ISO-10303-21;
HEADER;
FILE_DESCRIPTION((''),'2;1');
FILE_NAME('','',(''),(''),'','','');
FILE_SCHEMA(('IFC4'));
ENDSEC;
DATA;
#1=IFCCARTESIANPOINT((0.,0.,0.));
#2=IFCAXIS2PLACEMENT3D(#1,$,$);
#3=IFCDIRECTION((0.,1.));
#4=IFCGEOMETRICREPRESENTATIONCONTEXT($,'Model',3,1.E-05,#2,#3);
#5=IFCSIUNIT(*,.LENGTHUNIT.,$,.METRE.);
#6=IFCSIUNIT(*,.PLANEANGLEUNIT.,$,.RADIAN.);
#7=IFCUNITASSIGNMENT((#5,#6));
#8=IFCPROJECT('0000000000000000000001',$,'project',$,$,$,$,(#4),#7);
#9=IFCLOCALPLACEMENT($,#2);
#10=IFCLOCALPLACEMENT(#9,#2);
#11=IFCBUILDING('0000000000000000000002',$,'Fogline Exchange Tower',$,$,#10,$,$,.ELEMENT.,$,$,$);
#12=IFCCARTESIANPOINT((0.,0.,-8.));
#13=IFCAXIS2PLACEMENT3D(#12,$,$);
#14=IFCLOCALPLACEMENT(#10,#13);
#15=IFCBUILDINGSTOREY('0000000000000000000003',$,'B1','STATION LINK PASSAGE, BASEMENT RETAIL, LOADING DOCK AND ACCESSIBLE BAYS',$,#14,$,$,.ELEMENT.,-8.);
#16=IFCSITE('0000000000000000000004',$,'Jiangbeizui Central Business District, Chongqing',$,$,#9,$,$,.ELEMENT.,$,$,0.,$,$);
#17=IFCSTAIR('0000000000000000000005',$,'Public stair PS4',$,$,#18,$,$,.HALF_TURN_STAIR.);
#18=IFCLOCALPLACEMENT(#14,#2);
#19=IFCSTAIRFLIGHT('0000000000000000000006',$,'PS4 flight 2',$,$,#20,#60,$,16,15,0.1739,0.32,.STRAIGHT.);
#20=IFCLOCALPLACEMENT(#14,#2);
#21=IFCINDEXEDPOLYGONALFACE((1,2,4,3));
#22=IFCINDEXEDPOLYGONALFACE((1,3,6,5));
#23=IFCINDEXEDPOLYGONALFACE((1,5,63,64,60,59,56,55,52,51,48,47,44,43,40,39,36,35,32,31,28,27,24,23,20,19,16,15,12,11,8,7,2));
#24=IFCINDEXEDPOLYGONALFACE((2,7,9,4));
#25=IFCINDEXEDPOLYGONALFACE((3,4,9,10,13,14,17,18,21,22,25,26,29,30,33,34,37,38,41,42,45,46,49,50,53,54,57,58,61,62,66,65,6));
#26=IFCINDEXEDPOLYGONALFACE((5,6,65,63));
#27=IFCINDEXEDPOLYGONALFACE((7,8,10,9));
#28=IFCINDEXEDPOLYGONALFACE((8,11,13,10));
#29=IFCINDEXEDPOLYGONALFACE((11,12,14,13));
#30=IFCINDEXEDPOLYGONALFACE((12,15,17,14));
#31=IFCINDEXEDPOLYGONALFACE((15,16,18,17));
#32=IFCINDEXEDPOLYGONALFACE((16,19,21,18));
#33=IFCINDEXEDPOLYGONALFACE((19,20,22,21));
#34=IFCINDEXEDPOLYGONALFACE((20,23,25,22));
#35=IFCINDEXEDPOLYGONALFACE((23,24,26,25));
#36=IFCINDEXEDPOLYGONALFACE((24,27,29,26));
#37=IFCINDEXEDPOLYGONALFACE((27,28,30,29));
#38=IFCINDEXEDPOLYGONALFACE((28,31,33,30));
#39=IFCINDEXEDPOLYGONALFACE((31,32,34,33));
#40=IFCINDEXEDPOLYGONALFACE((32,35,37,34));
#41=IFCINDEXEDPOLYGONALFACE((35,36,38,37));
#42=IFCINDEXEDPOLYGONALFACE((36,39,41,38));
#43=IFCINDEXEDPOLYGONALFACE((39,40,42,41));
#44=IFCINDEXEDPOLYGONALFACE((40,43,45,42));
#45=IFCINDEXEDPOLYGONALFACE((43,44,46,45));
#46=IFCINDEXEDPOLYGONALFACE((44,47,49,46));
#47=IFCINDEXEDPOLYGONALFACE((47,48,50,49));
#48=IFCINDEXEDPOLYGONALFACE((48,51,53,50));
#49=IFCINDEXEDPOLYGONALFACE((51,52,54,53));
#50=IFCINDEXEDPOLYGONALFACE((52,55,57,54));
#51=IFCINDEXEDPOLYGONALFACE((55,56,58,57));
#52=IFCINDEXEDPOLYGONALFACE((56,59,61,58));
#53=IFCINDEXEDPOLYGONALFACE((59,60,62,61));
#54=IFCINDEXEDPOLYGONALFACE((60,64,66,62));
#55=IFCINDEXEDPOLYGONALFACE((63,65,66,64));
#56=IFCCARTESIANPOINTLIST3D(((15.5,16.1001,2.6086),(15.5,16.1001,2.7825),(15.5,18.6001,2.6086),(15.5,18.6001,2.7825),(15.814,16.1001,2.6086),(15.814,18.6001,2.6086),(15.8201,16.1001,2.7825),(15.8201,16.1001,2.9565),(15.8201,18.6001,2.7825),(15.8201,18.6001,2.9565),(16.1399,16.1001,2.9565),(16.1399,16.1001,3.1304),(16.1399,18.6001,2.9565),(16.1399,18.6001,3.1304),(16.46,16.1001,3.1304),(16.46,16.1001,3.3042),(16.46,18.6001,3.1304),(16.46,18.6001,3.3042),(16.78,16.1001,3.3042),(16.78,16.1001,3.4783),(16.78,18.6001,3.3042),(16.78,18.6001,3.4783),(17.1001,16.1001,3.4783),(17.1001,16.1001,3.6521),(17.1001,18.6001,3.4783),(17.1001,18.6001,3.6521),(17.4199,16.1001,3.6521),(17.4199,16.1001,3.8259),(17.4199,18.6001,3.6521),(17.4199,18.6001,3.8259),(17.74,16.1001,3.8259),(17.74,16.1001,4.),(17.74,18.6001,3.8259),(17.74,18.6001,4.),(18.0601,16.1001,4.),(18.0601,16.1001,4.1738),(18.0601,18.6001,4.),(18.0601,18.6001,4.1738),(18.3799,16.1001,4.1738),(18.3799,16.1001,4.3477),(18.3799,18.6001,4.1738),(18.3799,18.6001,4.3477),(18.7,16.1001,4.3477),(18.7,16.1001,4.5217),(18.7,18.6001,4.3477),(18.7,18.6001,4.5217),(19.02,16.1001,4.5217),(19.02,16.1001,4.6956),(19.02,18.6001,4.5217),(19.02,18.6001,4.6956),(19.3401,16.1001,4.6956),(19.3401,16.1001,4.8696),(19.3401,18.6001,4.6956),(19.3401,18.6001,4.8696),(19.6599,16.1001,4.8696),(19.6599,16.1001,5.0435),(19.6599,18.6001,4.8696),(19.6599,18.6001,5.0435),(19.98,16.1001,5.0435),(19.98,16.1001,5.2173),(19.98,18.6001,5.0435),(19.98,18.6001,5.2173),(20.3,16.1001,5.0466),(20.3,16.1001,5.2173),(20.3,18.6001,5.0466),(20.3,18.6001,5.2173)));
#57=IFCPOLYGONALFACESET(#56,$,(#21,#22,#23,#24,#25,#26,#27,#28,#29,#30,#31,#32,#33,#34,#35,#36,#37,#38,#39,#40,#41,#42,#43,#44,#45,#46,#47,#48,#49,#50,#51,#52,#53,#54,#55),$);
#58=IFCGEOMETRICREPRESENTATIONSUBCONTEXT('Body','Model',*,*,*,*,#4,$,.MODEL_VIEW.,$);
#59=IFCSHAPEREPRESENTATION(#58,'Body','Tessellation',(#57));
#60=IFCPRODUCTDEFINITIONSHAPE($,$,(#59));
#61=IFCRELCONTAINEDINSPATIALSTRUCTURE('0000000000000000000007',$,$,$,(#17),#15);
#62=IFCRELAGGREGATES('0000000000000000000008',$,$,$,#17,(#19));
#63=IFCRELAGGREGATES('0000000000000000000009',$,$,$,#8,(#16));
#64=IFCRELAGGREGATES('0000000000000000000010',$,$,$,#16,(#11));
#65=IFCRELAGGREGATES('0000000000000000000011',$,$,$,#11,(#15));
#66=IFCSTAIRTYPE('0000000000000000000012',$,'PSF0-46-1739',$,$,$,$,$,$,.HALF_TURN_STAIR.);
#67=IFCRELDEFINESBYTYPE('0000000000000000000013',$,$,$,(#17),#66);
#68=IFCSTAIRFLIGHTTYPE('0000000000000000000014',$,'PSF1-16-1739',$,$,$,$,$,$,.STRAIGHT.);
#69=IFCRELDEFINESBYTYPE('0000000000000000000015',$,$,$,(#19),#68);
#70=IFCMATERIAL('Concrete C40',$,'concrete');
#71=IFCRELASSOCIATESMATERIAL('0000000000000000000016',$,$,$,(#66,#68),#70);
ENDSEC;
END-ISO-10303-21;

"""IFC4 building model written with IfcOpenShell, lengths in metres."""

from ifc_helpers import new_model, si_unit, direction, frame, origin, place, context, subcontext, project, spatial, polyline, outline, extrude, material, type_object, element, aggregate, save


model = new_model("IFC4")

# Units and contexts
model_context = context("Model", 3, precision=1e-05, world=origin(), true_north=direction((0.0, 1.0)))
body_context = subcontext(model_context, "Body", "Model", "MODEL_VIEW")
ifc_project = project(units=[si_unit("LENGTHUNIT", "METRE"), si_unit("PLANEANGLEUNIT", "RADIAN")], contexts=[model_context])

# Site, building, storey
site_placement = place(None, origin())
site = spatial("IfcSite", under=ifc_project, at=site_placement, Name="Jiangbeizui Central Business District, Chongqing", CompositionType="ELEMENT", RefElevation=0.0)
building_placement = place(site_placement, origin())
building = spatial("IfcBuilding", under=site, at=building_placement, Name="Fogline Exchange Tower", CompositionType="ELEMENT")
storey_placement = place(building_placement, frame((0.0, 0.0, -8.0)))
storey = spatial("IfcBuildingStorey", under=building, at=storey_placement, Name="B1", Description="STATION LINK PASSAGE, BASEMENT RETAIL, LOADING DOCK AND ACCESSIBLE BAYS", CompositionType="ELEMENT", Elevation=-8.0)

# Shared definitions
ifc_material_1 = material(Name="Concrete C40", Category="concrete")

# Stair, stair flight
stair_type = type_object("IfcStairType", Name="PSF0-46-1739", PredefinedType="HALF_TURN_STAIR", material=ifc_material_1)
stair_placement = place(storey_placement, origin())
stair = element("IfcStair", 1, at=stair_placement, inside=storey, type_object=stair_type, Name="Public stair PS4", PredefinedType="HALF_TURN_STAIR")
stair_flight_type = type_object("IfcStairFlightType", Name="PSF1-16-1739", PredefinedType="STRAIGHT", material=ifc_material_1)
stair_flight_placement = place(storey_placement, frame((15.5, 17.3501, 2.6086), z_axis=(0.0, 0.0, 1.0), x_axis=(1.0, 0.0, 0.0)))
stair_flight = element("IfcStairFlight", 2, at=stair_flight_placement, type_object=stair_flight_type, Name="PS4 flight 2", NumberOfRisers=16, NumberOfTreads=15, PredefinedType="STRAIGHT", RiserHeight=0.1739, TreadLength=0.32, context=body_context, shape_type="SweptSolid", body=[
    extrude(outline(polyline([(0.0, 0.0), (0.0, 0.1738), (0.3201, 0.1738), (0.3201, 0.3479), (0.6399, 0.3479), (0.6399, 0.5217), (0.96, 0.5217), (0.96, 0.6956), (1.28, 0.6956), (1.28, 0.8696), (1.6001, 0.8696), (1.6001, 1.0435), (1.9199, 1.0435), (1.9199, 1.2173), (2.24, 1.2173), (2.24, 1.3914), (2.5601, 1.3914), (2.5601, 1.5652), (2.8799, 1.5652), (2.8799, 1.739), (3.2, 1.739), (3.2, 1.9131), (3.52, 1.9131), (3.52, 2.0869), (3.8401, 2.0869), (3.8401, 2.261), (4.1599, 2.261), (4.1599, 2.4348), (4.48, 2.4348), (4.48, 2.6086), (4.8, 2.6086), (4.8, 2.7827), (4.8, 2.438), (0.314, 0.0), (0.0, 0.0)])), frame((0.0, 1.25, 0.0), z_axis=(0.0, -1.0, 0.0), x_axis=(1.0, 0.0, 0.0)), (0.0, 0.0, 1.0), 2.5),
])
aggregate(stair, [stair_flight])

save(model, "model.ifc")
